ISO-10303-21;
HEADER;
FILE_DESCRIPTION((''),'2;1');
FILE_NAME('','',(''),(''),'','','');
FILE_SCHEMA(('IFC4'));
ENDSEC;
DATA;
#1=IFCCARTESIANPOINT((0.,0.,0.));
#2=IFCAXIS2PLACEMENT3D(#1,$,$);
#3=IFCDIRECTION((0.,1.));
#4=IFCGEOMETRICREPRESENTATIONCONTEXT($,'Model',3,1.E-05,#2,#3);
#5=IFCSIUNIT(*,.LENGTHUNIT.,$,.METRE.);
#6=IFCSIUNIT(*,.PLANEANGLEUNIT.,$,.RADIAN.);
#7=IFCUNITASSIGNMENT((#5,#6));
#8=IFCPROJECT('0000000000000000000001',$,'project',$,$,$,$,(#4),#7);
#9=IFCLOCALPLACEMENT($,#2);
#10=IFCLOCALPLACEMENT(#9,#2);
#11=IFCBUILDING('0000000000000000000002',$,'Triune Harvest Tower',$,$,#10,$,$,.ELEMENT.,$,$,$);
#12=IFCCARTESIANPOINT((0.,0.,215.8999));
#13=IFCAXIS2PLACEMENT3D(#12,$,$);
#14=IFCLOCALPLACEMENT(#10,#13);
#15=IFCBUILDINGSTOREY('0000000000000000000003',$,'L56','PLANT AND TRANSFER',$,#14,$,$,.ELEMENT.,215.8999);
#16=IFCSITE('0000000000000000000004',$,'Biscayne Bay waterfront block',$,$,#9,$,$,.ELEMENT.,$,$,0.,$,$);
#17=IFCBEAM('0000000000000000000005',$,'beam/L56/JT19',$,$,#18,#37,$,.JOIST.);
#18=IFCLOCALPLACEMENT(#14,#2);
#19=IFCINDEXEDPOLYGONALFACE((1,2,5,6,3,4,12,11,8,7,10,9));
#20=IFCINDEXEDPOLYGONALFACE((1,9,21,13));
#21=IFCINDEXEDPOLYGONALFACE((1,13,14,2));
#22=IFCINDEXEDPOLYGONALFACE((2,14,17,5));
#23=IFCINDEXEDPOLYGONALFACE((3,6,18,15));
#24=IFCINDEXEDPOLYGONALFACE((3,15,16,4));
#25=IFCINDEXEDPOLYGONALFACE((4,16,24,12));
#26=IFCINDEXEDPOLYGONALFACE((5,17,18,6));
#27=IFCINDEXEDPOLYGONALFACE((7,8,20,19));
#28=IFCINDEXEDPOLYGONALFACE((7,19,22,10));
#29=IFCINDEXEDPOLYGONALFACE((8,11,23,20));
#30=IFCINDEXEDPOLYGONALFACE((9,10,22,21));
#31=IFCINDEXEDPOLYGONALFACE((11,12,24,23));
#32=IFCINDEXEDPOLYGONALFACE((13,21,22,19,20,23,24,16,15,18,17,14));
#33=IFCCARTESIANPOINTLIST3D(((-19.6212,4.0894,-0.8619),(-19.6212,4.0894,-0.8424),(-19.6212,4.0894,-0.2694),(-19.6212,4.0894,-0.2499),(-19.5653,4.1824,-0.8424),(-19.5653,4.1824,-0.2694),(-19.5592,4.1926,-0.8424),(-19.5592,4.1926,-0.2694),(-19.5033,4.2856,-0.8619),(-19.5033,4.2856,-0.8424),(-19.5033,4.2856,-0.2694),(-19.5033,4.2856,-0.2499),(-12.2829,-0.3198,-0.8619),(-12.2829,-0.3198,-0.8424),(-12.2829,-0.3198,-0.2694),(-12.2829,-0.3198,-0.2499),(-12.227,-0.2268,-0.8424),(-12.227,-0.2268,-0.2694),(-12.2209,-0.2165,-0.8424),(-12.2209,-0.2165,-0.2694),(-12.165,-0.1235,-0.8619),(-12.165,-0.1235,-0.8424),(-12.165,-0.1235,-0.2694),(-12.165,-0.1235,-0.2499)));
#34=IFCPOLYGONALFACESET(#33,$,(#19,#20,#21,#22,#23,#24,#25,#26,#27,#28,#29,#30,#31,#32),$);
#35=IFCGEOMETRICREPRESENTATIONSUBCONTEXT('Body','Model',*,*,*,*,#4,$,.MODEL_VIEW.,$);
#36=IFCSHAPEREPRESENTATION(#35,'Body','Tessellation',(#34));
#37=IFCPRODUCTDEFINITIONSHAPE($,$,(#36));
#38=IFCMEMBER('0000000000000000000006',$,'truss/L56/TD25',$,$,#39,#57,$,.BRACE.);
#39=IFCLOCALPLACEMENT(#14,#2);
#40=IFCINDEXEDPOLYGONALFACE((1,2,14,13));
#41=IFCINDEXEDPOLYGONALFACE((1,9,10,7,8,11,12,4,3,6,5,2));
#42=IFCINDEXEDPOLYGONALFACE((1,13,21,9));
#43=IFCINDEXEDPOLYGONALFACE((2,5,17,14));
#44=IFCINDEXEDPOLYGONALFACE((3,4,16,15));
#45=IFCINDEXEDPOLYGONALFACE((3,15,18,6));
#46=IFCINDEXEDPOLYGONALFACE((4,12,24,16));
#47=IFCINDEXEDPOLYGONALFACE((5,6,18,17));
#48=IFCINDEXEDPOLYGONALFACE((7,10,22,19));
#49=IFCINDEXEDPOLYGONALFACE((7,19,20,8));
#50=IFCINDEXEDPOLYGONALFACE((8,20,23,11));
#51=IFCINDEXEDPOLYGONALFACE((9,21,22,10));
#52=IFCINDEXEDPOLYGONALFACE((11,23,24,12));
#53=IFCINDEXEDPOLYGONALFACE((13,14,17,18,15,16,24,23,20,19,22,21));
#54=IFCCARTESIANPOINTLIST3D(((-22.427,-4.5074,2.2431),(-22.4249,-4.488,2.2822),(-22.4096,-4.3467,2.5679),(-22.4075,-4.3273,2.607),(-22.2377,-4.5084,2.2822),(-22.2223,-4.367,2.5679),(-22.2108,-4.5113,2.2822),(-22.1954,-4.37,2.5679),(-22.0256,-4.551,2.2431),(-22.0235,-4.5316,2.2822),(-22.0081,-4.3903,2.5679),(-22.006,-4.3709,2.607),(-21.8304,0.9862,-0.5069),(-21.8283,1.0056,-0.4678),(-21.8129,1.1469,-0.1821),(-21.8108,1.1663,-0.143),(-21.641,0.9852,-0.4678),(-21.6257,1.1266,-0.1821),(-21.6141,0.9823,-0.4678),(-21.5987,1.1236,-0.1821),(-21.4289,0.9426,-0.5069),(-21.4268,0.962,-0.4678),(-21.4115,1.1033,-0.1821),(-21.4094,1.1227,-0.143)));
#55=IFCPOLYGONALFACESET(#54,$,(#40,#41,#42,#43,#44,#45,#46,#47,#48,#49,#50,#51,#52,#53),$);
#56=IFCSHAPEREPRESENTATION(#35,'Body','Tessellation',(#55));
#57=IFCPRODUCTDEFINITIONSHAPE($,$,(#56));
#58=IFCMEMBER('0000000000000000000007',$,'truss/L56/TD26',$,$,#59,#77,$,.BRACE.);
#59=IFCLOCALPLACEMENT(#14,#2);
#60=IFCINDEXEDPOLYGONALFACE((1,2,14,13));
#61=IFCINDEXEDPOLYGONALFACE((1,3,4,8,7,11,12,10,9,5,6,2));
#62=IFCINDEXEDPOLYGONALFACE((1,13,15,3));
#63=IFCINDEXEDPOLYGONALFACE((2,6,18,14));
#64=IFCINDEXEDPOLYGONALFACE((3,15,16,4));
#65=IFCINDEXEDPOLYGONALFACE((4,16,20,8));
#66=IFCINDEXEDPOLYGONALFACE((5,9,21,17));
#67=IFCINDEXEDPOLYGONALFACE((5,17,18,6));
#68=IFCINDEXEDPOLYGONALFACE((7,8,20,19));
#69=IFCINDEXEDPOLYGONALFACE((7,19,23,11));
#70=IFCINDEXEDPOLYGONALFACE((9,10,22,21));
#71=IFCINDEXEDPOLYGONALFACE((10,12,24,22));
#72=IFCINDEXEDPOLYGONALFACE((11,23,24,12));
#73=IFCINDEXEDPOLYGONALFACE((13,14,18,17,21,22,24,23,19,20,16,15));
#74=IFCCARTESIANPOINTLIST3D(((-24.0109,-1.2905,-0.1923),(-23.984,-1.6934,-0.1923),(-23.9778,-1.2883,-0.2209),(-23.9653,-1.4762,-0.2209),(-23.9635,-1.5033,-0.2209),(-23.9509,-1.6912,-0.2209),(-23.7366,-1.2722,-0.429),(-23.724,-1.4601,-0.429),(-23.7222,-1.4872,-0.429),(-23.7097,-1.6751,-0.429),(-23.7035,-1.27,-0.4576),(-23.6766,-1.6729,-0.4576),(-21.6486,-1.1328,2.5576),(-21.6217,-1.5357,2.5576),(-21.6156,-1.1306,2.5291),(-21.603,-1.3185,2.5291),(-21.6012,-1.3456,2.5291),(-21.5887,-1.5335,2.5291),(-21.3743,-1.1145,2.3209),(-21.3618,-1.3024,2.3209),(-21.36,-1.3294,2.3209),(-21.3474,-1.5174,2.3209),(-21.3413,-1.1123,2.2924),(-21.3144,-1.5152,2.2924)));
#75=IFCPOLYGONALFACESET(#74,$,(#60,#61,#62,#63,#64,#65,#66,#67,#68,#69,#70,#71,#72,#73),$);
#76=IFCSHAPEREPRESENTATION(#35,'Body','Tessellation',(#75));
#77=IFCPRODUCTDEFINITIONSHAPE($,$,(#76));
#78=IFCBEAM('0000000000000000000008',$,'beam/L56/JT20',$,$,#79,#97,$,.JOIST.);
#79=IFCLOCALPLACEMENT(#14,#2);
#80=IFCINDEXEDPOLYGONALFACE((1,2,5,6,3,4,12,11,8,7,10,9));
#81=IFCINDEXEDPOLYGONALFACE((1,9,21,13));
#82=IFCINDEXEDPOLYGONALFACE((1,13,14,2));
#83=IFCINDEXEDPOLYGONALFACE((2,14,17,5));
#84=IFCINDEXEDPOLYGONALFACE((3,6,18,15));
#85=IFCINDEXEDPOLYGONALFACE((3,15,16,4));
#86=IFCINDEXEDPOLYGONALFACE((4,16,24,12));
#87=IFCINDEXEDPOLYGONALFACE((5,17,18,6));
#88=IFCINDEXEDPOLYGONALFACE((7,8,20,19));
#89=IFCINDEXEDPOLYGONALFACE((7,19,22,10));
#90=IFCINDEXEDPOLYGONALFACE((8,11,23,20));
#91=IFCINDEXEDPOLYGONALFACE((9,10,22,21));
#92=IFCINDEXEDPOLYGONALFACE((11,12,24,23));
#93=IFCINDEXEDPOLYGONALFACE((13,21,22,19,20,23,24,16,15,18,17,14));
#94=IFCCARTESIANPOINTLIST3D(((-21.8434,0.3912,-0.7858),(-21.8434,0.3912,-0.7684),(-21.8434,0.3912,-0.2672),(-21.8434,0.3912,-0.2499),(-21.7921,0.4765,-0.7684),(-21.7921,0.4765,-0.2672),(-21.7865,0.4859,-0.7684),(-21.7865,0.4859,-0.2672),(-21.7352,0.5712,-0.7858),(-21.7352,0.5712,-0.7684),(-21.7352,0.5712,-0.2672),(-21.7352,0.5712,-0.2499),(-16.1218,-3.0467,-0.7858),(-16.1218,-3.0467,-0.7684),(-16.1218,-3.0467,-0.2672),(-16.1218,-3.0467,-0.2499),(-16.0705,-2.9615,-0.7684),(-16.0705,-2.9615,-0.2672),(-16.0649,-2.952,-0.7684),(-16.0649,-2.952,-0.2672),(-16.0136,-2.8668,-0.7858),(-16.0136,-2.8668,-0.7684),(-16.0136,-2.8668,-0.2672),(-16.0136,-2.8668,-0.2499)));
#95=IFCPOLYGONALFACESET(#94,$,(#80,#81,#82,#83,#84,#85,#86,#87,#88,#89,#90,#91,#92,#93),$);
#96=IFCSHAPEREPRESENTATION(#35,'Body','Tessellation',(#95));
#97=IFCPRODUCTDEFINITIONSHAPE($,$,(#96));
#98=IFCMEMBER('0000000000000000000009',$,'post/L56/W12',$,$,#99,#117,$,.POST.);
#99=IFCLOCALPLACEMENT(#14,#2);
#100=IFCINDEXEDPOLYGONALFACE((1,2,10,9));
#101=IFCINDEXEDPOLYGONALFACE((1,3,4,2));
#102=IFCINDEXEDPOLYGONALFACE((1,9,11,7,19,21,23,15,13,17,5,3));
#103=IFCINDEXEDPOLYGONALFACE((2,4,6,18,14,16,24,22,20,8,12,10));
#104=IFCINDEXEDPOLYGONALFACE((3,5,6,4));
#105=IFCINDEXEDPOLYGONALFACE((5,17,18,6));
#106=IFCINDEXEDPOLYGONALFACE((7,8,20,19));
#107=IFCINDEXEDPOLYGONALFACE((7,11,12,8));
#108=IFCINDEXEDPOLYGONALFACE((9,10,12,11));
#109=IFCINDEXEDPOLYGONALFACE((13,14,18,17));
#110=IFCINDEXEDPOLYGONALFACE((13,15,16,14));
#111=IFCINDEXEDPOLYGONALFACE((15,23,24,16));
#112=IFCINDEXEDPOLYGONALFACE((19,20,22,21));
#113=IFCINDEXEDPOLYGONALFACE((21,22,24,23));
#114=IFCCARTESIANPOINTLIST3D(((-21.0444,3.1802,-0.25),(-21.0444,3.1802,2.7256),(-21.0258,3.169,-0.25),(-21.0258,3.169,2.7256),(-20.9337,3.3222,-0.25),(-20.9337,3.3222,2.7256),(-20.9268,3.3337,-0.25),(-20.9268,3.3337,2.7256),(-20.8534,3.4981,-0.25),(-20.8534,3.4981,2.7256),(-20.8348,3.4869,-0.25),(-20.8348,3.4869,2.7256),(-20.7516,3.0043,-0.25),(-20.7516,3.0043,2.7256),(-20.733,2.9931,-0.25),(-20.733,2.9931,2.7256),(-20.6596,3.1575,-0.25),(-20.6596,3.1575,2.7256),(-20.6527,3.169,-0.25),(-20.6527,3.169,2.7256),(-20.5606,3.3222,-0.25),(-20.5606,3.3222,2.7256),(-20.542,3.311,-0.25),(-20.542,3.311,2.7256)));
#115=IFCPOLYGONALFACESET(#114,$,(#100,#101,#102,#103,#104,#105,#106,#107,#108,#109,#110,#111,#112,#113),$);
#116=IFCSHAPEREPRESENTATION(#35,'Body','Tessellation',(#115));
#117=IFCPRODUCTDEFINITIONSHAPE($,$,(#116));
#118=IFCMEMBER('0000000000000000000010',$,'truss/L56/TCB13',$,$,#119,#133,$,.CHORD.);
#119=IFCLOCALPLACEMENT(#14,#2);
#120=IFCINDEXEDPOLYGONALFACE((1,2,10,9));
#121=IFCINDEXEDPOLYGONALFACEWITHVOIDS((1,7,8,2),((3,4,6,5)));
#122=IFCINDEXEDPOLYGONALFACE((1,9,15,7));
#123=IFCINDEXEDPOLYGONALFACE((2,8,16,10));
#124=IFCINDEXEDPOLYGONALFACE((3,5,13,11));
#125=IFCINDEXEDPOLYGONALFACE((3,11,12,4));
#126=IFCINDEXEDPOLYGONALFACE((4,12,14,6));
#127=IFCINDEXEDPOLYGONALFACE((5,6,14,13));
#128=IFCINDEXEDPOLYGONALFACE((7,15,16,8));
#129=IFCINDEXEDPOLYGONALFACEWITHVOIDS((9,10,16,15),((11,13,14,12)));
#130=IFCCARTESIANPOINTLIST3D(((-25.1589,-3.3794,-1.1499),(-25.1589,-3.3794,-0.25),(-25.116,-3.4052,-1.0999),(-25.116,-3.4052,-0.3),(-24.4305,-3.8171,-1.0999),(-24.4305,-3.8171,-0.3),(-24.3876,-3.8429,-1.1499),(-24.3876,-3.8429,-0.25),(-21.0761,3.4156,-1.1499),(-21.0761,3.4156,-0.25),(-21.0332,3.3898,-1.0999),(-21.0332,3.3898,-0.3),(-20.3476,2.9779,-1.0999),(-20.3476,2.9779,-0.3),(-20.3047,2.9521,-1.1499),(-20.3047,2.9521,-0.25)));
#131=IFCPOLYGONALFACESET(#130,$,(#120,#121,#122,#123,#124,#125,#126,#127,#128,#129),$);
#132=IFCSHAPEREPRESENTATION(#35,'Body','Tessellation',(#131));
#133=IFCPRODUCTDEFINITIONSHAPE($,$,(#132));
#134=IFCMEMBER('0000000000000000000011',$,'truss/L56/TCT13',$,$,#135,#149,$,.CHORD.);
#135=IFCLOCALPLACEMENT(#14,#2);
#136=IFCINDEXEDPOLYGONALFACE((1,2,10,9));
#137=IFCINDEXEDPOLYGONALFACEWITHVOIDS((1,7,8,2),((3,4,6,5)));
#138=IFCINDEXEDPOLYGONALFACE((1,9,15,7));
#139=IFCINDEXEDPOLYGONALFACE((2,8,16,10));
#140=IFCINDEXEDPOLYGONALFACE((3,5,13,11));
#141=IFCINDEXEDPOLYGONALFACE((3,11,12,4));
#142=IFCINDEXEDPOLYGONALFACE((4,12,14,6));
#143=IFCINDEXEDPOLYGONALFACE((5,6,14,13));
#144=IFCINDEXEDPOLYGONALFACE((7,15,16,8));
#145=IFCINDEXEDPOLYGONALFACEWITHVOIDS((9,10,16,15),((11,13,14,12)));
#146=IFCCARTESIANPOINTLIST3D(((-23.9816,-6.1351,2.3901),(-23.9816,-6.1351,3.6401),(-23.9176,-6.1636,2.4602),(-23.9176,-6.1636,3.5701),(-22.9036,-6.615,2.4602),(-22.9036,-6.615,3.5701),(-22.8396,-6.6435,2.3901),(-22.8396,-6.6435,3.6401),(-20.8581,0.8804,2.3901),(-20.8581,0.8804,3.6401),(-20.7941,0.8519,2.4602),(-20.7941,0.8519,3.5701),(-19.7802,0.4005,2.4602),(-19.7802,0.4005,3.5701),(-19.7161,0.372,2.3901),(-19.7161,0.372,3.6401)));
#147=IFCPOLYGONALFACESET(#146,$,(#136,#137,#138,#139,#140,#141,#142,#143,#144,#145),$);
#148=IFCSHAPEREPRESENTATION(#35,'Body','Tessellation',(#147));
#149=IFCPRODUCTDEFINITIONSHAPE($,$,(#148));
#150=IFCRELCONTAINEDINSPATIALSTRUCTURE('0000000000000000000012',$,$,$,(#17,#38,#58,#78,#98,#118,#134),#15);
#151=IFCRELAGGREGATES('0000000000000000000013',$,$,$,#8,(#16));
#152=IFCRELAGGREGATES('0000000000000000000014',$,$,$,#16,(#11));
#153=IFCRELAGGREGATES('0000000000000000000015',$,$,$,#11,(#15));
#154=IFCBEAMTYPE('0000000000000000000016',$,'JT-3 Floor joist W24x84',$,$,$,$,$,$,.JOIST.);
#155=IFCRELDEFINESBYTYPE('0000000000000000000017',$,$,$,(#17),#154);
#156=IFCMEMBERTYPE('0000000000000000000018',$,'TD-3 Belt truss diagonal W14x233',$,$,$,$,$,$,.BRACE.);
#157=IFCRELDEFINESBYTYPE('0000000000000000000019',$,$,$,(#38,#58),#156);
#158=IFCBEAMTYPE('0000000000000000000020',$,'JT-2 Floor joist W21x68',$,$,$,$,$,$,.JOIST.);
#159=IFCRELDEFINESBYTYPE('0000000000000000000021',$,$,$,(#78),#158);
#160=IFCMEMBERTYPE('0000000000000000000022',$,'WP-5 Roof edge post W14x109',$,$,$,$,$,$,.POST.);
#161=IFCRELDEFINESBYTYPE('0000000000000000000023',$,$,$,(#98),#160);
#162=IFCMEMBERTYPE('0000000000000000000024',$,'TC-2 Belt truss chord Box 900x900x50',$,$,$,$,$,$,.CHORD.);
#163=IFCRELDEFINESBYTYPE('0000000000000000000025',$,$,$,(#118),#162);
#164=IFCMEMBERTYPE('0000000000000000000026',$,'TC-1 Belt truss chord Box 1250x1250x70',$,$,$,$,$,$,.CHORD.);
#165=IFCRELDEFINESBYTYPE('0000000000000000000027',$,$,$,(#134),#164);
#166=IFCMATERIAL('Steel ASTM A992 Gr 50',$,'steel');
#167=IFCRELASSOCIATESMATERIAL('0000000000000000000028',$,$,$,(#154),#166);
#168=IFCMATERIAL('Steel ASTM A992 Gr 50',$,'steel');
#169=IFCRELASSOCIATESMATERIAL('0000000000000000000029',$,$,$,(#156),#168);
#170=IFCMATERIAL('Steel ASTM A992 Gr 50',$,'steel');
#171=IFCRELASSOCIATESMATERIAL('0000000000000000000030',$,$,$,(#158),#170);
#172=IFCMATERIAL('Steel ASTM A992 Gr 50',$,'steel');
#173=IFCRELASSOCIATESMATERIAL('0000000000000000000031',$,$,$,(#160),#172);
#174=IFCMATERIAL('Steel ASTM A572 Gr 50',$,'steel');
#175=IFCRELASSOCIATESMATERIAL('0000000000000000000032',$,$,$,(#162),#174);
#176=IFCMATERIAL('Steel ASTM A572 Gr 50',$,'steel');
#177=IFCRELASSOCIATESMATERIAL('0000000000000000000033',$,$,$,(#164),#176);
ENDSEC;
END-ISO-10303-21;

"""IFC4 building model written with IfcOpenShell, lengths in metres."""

from ifc_helpers import new_model, si_unit, direction, frame, origin, origin_2d, place, context, subcontext, project, spatial, hollow_rectangle, i_section, extrude, source, transform, mapped, material, material_profile, profile_set, type_object, element, save


model = new_model("IFC4")

# Units and contexts
model_context = context("Model", 3, precision=1e-05, world=origin(), true_north=direction((0.0, 1.0)))
body_context = subcontext(model_context, "Body", "Model", "MODEL_VIEW")
ifc_project = project(units=[si_unit("LENGTHUNIT", "METRE"), si_unit("PLANEANGLEUNIT", "RADIAN")], contexts=[model_context])

# Site, building, storey
site_placement = place(None, origin())
site = spatial("IfcSite", under=ifc_project, at=site_placement, Name="Biscayne Bay waterfront block", CompositionType="ELEMENT", RefElevation=0.0)
building_placement = place(site_placement, origin())
building = spatial("IfcBuilding", under=site, at=building_placement, Name="Triune Harvest Tower", CompositionType="ELEMENT")
storey_placement = place(building_placement, frame((0.0, 0.0, 215.8999)))
storey = spatial("IfcBuildingStorey", under=building, at=storey_placement, Name="L56", Description="PLANT AND TRANSFER", CompositionType="ELEMENT", Elevation=215.8999)

# Beam
ifc_material_1 = material(Name="Steel ASTM A992 Gr 50", Category="steel")
ifc_material_profile_1 = material_profile(ifc_material_1, i_section(OverallWidth=0.229, OverallDepth=0.6121, WebThickness=0.012, FlangeThickness=0.0195, at=origin_2d()), Name="W24x84")
ifc_profile_set_1 = profile_set([ifc_material_profile_1], Name="Steel ASTM A992 Gr 50")
beam_type_1 = type_object("IfcBeamType", Name="JT-3 Floor joist W24x84", PredefinedType="JOIST", material=ifc_profile_set_1)
beam_1_placement = place(storey_placement, frame((-19.5623, 4.1875, -0.5559), z_axis=(0.857176, -0.515024, 0.0), x_axis=(0.515024, 0.857176, 0.0)))
element("IfcBeam", 1, at=beam_1_placement, inside=storey, type_object=beam_type_1, Name="beam/L56/JT19", PredefinedType="JOIST", context=body_context, shape_type="SweptSolid", body=[
    extrude(i_section(OverallWidth=0.229, OverallDepth=0.6121, WebThickness=0.012, FlangeThickness=0.0195, at=origin_2d()), origin(), (0.0, 0.0, 1.0), 8.561),
])

# Members
ifc_material_2 = material(Name="Steel ASTM A992 Gr 50", Category="steel")
ifc_material_profile_2 = material_profile(ifc_material_2, i_section(OverallWidth=0.4038, OverallDepth=0.4065, WebThickness=0.0271, FlangeThickness=0.0437, at=origin_2d()), Name="W14x233")
ifc_profile_set_2 = profile_set([ifc_material_profile_2], Name="Steel ASTM A992 Gr 50")
member_type_1 = type_object("IfcMemberType", Name="TD-3 Belt truss diagonal W14x233", PredefinedType="BRACE", material=ifc_profile_set_2)
member_1_placement = place(storey_placement, frame((-21.6199, 1.0544, -0.325), z_axis=(-0.096669, -0.890032, 0.44553), x_axis=(0.994153, -0.107978, 0.0)))
element("IfcMember", 2, at=member_1_placement, inside=storey, type_object=member_type_1, Name="truss/L56/TD25", PredefinedType="BRACE", context=body_context, shape_type="SweptSolid", body=[
    extrude(i_section(OverallWidth=0.4038, OverallDepth=0.4065, WebThickness=0.0271, FlangeThickness=0.0437, at=origin_2d()), origin(), (0.0, 0.0, 1.0), 6.1724),
])
member_2_placement = place(storey_placement, frame((-23.8438, -1.4817, -0.325), z_axis=(0.650996, 0.043463, 0.757836), x_axis=(-0.066615, 0.997779, 0.0)))
element("IfcMember", 3, at=member_2_placement, inside=storey, type_object=member_type_1, Name="truss/L56/TD26", PredefinedType="BRACE", context=body_context, shape_type="SweptSolid", body=[
    extrude(i_section(OverallWidth=0.4038, OverallDepth=0.4065, WebThickness=0.0271, FlangeThickness=0.0437, at=origin_2d()), origin(), (0.0, 0.0, 1.0), 3.6287),
])

# Beam
ifc_material_3 = material(Name="Steel ASTM A992 Gr 50", Category="steel")
ifc_material_profile_3 = material_profile(ifc_material_3, i_section(OverallWidth=0.21, OverallDepth=0.5359, WebThickness=0.011, FlangeThickness=0.0173, at=origin_2d()), Name="W21x68")
ifc_profile_set_3 = profile_set([ifc_material_profile_3], Name="Steel ASTM A992 Gr 50")
beam_type_2 = type_object("IfcBeamType", Name="JT-2 Floor joist W21x68", PredefinedType="JOIST", material=ifc_profile_set_3)
shared_shape_1 = source(origin(), body_context, "Body", "SweptSolid", [
    extrude(i_section(OverallWidth=0.21, OverallDepth=0.5359, WebThickness=0.011, FlangeThickness=0.0173, at=origin_2d()), origin(), (0.0, 0.0, 1.0), 6.675),
])
beam_2_placement = place(storey_placement, frame((-21.7893, 0.4812, -0.5178), z_axis=(0.857164, -0.515044, 0.0), x_axis=(0.515044, 0.857164, 0.0)))
element("IfcBeam", 4, at=beam_2_placement, inside=storey, type_object=beam_type_2, Name="beam/L56/JT20", PredefinedType="JOIST", context=body_context, shape_type="MappedRepresentation", body=[
    mapped(shared_shape_1, transform((0.0, 0.0, 0.0), scale=1.0)),
])

# Members
ifc_material_4 = material(Name="Steel ASTM A992 Gr 50", Category="steel")
ifc_material_profile_4 = material_profile(ifc_material_4, i_section(OverallWidth=0.3708, OverallDepth=0.3633, WebThickness=0.0134, FlangeThickness=0.0217, at=origin_2d()), Name="W14x109")
ifc_profile_set_4 = profile_set([ifc_material_profile_4], Name="Steel ASTM A992 Gr 50")
member_type_2 = type_object("IfcMemberType", Name="WP-5 Roof edge post W14x109", PredefinedType="POST", material=ifc_profile_set_4)
shared_shape_2 = source(origin(), body_context, "Body", "SweptSolid", [
    extrude(i_section(OverallWidth=0.3708, OverallDepth=0.3633, WebThickness=0.0134, FlangeThickness=0.0217, at=origin_2d()), origin(), (0.0, 0.0, 1.0), 2.9756),
])
member_3_placement = place(storey_placement, frame((-20.7932, 3.2456, -0.25), z_axis=(0.0, 0.0, 1.0), x_axis=(-0.515037, -0.857168, 0.0)))
element("IfcMember", 5, at=member_3_placement, inside=storey, type_object=member_type_2, Name="post/L56/W12", PredefinedType="POST", context=body_context, shape_type="MappedRepresentation", body=[
    mapped(shared_shape_2, transform((0.0, 0.0, 0.0), scale=1.0)),
])
ifc_material_5 = material(Name="Steel ASTM A572 Gr 50", Category="steel")
ifc_material_profile_5 = material_profile(ifc_material_5, hollow_rectangle(XDim=0.8999, YDim=0.8999, WallThickness=0.05, at=origin_2d()), Name="Box 900x900x50")
ifc_profile_set_5 = profile_set([ifc_material_profile_5], Name="Steel ASTM A572 Gr 50")
member_type_3 = type_object("IfcMemberType", Name="TC-2 Belt truss chord Box 900x900x50", PredefinedType="CHORD", material=ifc_profile_set_5)
shared_shape_3 = source(origin(), body_context, "Body", "SweptSolid", [
    extrude(hollow_rectangle(XDim=0.8999, YDim=0.8999, WallThickness=0.05, at=origin_2d()), origin(), (0.0, 0.0, 1.0), 7.9272),
])
member_4_placement = place(storey_placement, frame((-20.6904, 3.1838, -0.7), z_axis=(-0.515035, -0.857169, 0.0), x_axis=(0.857169, -0.515035, 0.0)))
element("IfcMember", 6, at=member_4_placement, inside=storey, type_object=member_type_3, Name="truss/L56/TCB13", PredefinedType="CHORD", context=body_context, shape_type="MappedRepresentation", body=[
    mapped(shared_shape_3, transform((0.0, 0.0, 0.0), scale=1.0)),
])
ifc_material_6 = material(Name="Steel ASTM A572 Gr 50", Category="steel")
ifc_material_profile_6 = material_profile(ifc_material_6, hollow_rectangle(XDim=1.25, YDim=1.25, WallThickness=0.0701, at=origin_2d()), Name="Box 1250x1250x70")
ifc_profile_set_6 = profile_set([ifc_material_profile_6], Name="Steel ASTM A572 Gr 50")
member_type_4 = type_object("IfcMemberType", Name="TC-1 Belt truss chord Box 1250x1250x70", PredefinedType="CHORD", material=ifc_profile_set_6)
shared_shape_4 = source(origin(), body_context, "Body", "SweptSolid", [
    extrude(hollow_rectangle(XDim=1.25, YDim=1.25, WallThickness=0.0701, at=origin_2d()), origin(), (0.0, 0.0, 1.0), 7.6794),
])
member_5_placement = place(storey_placement, frame((-20.2871, 0.6262, 3.0151), z_axis=(-0.406734, -0.913547, 0.0), x_axis=(0.913547, -0.406734, 0.0)))
element("IfcMember", 7, at=member_5_placement, inside=storey, type_object=member_type_4, Name="truss/L56/TCT13", PredefinedType="CHORD", context=body_context, shape_type="MappedRepresentation", body=[
    mapped(shared_shape_4, transform((0.0, 0.0, 0.0), scale=1.0)),
])

save(model, "model.ifc")
